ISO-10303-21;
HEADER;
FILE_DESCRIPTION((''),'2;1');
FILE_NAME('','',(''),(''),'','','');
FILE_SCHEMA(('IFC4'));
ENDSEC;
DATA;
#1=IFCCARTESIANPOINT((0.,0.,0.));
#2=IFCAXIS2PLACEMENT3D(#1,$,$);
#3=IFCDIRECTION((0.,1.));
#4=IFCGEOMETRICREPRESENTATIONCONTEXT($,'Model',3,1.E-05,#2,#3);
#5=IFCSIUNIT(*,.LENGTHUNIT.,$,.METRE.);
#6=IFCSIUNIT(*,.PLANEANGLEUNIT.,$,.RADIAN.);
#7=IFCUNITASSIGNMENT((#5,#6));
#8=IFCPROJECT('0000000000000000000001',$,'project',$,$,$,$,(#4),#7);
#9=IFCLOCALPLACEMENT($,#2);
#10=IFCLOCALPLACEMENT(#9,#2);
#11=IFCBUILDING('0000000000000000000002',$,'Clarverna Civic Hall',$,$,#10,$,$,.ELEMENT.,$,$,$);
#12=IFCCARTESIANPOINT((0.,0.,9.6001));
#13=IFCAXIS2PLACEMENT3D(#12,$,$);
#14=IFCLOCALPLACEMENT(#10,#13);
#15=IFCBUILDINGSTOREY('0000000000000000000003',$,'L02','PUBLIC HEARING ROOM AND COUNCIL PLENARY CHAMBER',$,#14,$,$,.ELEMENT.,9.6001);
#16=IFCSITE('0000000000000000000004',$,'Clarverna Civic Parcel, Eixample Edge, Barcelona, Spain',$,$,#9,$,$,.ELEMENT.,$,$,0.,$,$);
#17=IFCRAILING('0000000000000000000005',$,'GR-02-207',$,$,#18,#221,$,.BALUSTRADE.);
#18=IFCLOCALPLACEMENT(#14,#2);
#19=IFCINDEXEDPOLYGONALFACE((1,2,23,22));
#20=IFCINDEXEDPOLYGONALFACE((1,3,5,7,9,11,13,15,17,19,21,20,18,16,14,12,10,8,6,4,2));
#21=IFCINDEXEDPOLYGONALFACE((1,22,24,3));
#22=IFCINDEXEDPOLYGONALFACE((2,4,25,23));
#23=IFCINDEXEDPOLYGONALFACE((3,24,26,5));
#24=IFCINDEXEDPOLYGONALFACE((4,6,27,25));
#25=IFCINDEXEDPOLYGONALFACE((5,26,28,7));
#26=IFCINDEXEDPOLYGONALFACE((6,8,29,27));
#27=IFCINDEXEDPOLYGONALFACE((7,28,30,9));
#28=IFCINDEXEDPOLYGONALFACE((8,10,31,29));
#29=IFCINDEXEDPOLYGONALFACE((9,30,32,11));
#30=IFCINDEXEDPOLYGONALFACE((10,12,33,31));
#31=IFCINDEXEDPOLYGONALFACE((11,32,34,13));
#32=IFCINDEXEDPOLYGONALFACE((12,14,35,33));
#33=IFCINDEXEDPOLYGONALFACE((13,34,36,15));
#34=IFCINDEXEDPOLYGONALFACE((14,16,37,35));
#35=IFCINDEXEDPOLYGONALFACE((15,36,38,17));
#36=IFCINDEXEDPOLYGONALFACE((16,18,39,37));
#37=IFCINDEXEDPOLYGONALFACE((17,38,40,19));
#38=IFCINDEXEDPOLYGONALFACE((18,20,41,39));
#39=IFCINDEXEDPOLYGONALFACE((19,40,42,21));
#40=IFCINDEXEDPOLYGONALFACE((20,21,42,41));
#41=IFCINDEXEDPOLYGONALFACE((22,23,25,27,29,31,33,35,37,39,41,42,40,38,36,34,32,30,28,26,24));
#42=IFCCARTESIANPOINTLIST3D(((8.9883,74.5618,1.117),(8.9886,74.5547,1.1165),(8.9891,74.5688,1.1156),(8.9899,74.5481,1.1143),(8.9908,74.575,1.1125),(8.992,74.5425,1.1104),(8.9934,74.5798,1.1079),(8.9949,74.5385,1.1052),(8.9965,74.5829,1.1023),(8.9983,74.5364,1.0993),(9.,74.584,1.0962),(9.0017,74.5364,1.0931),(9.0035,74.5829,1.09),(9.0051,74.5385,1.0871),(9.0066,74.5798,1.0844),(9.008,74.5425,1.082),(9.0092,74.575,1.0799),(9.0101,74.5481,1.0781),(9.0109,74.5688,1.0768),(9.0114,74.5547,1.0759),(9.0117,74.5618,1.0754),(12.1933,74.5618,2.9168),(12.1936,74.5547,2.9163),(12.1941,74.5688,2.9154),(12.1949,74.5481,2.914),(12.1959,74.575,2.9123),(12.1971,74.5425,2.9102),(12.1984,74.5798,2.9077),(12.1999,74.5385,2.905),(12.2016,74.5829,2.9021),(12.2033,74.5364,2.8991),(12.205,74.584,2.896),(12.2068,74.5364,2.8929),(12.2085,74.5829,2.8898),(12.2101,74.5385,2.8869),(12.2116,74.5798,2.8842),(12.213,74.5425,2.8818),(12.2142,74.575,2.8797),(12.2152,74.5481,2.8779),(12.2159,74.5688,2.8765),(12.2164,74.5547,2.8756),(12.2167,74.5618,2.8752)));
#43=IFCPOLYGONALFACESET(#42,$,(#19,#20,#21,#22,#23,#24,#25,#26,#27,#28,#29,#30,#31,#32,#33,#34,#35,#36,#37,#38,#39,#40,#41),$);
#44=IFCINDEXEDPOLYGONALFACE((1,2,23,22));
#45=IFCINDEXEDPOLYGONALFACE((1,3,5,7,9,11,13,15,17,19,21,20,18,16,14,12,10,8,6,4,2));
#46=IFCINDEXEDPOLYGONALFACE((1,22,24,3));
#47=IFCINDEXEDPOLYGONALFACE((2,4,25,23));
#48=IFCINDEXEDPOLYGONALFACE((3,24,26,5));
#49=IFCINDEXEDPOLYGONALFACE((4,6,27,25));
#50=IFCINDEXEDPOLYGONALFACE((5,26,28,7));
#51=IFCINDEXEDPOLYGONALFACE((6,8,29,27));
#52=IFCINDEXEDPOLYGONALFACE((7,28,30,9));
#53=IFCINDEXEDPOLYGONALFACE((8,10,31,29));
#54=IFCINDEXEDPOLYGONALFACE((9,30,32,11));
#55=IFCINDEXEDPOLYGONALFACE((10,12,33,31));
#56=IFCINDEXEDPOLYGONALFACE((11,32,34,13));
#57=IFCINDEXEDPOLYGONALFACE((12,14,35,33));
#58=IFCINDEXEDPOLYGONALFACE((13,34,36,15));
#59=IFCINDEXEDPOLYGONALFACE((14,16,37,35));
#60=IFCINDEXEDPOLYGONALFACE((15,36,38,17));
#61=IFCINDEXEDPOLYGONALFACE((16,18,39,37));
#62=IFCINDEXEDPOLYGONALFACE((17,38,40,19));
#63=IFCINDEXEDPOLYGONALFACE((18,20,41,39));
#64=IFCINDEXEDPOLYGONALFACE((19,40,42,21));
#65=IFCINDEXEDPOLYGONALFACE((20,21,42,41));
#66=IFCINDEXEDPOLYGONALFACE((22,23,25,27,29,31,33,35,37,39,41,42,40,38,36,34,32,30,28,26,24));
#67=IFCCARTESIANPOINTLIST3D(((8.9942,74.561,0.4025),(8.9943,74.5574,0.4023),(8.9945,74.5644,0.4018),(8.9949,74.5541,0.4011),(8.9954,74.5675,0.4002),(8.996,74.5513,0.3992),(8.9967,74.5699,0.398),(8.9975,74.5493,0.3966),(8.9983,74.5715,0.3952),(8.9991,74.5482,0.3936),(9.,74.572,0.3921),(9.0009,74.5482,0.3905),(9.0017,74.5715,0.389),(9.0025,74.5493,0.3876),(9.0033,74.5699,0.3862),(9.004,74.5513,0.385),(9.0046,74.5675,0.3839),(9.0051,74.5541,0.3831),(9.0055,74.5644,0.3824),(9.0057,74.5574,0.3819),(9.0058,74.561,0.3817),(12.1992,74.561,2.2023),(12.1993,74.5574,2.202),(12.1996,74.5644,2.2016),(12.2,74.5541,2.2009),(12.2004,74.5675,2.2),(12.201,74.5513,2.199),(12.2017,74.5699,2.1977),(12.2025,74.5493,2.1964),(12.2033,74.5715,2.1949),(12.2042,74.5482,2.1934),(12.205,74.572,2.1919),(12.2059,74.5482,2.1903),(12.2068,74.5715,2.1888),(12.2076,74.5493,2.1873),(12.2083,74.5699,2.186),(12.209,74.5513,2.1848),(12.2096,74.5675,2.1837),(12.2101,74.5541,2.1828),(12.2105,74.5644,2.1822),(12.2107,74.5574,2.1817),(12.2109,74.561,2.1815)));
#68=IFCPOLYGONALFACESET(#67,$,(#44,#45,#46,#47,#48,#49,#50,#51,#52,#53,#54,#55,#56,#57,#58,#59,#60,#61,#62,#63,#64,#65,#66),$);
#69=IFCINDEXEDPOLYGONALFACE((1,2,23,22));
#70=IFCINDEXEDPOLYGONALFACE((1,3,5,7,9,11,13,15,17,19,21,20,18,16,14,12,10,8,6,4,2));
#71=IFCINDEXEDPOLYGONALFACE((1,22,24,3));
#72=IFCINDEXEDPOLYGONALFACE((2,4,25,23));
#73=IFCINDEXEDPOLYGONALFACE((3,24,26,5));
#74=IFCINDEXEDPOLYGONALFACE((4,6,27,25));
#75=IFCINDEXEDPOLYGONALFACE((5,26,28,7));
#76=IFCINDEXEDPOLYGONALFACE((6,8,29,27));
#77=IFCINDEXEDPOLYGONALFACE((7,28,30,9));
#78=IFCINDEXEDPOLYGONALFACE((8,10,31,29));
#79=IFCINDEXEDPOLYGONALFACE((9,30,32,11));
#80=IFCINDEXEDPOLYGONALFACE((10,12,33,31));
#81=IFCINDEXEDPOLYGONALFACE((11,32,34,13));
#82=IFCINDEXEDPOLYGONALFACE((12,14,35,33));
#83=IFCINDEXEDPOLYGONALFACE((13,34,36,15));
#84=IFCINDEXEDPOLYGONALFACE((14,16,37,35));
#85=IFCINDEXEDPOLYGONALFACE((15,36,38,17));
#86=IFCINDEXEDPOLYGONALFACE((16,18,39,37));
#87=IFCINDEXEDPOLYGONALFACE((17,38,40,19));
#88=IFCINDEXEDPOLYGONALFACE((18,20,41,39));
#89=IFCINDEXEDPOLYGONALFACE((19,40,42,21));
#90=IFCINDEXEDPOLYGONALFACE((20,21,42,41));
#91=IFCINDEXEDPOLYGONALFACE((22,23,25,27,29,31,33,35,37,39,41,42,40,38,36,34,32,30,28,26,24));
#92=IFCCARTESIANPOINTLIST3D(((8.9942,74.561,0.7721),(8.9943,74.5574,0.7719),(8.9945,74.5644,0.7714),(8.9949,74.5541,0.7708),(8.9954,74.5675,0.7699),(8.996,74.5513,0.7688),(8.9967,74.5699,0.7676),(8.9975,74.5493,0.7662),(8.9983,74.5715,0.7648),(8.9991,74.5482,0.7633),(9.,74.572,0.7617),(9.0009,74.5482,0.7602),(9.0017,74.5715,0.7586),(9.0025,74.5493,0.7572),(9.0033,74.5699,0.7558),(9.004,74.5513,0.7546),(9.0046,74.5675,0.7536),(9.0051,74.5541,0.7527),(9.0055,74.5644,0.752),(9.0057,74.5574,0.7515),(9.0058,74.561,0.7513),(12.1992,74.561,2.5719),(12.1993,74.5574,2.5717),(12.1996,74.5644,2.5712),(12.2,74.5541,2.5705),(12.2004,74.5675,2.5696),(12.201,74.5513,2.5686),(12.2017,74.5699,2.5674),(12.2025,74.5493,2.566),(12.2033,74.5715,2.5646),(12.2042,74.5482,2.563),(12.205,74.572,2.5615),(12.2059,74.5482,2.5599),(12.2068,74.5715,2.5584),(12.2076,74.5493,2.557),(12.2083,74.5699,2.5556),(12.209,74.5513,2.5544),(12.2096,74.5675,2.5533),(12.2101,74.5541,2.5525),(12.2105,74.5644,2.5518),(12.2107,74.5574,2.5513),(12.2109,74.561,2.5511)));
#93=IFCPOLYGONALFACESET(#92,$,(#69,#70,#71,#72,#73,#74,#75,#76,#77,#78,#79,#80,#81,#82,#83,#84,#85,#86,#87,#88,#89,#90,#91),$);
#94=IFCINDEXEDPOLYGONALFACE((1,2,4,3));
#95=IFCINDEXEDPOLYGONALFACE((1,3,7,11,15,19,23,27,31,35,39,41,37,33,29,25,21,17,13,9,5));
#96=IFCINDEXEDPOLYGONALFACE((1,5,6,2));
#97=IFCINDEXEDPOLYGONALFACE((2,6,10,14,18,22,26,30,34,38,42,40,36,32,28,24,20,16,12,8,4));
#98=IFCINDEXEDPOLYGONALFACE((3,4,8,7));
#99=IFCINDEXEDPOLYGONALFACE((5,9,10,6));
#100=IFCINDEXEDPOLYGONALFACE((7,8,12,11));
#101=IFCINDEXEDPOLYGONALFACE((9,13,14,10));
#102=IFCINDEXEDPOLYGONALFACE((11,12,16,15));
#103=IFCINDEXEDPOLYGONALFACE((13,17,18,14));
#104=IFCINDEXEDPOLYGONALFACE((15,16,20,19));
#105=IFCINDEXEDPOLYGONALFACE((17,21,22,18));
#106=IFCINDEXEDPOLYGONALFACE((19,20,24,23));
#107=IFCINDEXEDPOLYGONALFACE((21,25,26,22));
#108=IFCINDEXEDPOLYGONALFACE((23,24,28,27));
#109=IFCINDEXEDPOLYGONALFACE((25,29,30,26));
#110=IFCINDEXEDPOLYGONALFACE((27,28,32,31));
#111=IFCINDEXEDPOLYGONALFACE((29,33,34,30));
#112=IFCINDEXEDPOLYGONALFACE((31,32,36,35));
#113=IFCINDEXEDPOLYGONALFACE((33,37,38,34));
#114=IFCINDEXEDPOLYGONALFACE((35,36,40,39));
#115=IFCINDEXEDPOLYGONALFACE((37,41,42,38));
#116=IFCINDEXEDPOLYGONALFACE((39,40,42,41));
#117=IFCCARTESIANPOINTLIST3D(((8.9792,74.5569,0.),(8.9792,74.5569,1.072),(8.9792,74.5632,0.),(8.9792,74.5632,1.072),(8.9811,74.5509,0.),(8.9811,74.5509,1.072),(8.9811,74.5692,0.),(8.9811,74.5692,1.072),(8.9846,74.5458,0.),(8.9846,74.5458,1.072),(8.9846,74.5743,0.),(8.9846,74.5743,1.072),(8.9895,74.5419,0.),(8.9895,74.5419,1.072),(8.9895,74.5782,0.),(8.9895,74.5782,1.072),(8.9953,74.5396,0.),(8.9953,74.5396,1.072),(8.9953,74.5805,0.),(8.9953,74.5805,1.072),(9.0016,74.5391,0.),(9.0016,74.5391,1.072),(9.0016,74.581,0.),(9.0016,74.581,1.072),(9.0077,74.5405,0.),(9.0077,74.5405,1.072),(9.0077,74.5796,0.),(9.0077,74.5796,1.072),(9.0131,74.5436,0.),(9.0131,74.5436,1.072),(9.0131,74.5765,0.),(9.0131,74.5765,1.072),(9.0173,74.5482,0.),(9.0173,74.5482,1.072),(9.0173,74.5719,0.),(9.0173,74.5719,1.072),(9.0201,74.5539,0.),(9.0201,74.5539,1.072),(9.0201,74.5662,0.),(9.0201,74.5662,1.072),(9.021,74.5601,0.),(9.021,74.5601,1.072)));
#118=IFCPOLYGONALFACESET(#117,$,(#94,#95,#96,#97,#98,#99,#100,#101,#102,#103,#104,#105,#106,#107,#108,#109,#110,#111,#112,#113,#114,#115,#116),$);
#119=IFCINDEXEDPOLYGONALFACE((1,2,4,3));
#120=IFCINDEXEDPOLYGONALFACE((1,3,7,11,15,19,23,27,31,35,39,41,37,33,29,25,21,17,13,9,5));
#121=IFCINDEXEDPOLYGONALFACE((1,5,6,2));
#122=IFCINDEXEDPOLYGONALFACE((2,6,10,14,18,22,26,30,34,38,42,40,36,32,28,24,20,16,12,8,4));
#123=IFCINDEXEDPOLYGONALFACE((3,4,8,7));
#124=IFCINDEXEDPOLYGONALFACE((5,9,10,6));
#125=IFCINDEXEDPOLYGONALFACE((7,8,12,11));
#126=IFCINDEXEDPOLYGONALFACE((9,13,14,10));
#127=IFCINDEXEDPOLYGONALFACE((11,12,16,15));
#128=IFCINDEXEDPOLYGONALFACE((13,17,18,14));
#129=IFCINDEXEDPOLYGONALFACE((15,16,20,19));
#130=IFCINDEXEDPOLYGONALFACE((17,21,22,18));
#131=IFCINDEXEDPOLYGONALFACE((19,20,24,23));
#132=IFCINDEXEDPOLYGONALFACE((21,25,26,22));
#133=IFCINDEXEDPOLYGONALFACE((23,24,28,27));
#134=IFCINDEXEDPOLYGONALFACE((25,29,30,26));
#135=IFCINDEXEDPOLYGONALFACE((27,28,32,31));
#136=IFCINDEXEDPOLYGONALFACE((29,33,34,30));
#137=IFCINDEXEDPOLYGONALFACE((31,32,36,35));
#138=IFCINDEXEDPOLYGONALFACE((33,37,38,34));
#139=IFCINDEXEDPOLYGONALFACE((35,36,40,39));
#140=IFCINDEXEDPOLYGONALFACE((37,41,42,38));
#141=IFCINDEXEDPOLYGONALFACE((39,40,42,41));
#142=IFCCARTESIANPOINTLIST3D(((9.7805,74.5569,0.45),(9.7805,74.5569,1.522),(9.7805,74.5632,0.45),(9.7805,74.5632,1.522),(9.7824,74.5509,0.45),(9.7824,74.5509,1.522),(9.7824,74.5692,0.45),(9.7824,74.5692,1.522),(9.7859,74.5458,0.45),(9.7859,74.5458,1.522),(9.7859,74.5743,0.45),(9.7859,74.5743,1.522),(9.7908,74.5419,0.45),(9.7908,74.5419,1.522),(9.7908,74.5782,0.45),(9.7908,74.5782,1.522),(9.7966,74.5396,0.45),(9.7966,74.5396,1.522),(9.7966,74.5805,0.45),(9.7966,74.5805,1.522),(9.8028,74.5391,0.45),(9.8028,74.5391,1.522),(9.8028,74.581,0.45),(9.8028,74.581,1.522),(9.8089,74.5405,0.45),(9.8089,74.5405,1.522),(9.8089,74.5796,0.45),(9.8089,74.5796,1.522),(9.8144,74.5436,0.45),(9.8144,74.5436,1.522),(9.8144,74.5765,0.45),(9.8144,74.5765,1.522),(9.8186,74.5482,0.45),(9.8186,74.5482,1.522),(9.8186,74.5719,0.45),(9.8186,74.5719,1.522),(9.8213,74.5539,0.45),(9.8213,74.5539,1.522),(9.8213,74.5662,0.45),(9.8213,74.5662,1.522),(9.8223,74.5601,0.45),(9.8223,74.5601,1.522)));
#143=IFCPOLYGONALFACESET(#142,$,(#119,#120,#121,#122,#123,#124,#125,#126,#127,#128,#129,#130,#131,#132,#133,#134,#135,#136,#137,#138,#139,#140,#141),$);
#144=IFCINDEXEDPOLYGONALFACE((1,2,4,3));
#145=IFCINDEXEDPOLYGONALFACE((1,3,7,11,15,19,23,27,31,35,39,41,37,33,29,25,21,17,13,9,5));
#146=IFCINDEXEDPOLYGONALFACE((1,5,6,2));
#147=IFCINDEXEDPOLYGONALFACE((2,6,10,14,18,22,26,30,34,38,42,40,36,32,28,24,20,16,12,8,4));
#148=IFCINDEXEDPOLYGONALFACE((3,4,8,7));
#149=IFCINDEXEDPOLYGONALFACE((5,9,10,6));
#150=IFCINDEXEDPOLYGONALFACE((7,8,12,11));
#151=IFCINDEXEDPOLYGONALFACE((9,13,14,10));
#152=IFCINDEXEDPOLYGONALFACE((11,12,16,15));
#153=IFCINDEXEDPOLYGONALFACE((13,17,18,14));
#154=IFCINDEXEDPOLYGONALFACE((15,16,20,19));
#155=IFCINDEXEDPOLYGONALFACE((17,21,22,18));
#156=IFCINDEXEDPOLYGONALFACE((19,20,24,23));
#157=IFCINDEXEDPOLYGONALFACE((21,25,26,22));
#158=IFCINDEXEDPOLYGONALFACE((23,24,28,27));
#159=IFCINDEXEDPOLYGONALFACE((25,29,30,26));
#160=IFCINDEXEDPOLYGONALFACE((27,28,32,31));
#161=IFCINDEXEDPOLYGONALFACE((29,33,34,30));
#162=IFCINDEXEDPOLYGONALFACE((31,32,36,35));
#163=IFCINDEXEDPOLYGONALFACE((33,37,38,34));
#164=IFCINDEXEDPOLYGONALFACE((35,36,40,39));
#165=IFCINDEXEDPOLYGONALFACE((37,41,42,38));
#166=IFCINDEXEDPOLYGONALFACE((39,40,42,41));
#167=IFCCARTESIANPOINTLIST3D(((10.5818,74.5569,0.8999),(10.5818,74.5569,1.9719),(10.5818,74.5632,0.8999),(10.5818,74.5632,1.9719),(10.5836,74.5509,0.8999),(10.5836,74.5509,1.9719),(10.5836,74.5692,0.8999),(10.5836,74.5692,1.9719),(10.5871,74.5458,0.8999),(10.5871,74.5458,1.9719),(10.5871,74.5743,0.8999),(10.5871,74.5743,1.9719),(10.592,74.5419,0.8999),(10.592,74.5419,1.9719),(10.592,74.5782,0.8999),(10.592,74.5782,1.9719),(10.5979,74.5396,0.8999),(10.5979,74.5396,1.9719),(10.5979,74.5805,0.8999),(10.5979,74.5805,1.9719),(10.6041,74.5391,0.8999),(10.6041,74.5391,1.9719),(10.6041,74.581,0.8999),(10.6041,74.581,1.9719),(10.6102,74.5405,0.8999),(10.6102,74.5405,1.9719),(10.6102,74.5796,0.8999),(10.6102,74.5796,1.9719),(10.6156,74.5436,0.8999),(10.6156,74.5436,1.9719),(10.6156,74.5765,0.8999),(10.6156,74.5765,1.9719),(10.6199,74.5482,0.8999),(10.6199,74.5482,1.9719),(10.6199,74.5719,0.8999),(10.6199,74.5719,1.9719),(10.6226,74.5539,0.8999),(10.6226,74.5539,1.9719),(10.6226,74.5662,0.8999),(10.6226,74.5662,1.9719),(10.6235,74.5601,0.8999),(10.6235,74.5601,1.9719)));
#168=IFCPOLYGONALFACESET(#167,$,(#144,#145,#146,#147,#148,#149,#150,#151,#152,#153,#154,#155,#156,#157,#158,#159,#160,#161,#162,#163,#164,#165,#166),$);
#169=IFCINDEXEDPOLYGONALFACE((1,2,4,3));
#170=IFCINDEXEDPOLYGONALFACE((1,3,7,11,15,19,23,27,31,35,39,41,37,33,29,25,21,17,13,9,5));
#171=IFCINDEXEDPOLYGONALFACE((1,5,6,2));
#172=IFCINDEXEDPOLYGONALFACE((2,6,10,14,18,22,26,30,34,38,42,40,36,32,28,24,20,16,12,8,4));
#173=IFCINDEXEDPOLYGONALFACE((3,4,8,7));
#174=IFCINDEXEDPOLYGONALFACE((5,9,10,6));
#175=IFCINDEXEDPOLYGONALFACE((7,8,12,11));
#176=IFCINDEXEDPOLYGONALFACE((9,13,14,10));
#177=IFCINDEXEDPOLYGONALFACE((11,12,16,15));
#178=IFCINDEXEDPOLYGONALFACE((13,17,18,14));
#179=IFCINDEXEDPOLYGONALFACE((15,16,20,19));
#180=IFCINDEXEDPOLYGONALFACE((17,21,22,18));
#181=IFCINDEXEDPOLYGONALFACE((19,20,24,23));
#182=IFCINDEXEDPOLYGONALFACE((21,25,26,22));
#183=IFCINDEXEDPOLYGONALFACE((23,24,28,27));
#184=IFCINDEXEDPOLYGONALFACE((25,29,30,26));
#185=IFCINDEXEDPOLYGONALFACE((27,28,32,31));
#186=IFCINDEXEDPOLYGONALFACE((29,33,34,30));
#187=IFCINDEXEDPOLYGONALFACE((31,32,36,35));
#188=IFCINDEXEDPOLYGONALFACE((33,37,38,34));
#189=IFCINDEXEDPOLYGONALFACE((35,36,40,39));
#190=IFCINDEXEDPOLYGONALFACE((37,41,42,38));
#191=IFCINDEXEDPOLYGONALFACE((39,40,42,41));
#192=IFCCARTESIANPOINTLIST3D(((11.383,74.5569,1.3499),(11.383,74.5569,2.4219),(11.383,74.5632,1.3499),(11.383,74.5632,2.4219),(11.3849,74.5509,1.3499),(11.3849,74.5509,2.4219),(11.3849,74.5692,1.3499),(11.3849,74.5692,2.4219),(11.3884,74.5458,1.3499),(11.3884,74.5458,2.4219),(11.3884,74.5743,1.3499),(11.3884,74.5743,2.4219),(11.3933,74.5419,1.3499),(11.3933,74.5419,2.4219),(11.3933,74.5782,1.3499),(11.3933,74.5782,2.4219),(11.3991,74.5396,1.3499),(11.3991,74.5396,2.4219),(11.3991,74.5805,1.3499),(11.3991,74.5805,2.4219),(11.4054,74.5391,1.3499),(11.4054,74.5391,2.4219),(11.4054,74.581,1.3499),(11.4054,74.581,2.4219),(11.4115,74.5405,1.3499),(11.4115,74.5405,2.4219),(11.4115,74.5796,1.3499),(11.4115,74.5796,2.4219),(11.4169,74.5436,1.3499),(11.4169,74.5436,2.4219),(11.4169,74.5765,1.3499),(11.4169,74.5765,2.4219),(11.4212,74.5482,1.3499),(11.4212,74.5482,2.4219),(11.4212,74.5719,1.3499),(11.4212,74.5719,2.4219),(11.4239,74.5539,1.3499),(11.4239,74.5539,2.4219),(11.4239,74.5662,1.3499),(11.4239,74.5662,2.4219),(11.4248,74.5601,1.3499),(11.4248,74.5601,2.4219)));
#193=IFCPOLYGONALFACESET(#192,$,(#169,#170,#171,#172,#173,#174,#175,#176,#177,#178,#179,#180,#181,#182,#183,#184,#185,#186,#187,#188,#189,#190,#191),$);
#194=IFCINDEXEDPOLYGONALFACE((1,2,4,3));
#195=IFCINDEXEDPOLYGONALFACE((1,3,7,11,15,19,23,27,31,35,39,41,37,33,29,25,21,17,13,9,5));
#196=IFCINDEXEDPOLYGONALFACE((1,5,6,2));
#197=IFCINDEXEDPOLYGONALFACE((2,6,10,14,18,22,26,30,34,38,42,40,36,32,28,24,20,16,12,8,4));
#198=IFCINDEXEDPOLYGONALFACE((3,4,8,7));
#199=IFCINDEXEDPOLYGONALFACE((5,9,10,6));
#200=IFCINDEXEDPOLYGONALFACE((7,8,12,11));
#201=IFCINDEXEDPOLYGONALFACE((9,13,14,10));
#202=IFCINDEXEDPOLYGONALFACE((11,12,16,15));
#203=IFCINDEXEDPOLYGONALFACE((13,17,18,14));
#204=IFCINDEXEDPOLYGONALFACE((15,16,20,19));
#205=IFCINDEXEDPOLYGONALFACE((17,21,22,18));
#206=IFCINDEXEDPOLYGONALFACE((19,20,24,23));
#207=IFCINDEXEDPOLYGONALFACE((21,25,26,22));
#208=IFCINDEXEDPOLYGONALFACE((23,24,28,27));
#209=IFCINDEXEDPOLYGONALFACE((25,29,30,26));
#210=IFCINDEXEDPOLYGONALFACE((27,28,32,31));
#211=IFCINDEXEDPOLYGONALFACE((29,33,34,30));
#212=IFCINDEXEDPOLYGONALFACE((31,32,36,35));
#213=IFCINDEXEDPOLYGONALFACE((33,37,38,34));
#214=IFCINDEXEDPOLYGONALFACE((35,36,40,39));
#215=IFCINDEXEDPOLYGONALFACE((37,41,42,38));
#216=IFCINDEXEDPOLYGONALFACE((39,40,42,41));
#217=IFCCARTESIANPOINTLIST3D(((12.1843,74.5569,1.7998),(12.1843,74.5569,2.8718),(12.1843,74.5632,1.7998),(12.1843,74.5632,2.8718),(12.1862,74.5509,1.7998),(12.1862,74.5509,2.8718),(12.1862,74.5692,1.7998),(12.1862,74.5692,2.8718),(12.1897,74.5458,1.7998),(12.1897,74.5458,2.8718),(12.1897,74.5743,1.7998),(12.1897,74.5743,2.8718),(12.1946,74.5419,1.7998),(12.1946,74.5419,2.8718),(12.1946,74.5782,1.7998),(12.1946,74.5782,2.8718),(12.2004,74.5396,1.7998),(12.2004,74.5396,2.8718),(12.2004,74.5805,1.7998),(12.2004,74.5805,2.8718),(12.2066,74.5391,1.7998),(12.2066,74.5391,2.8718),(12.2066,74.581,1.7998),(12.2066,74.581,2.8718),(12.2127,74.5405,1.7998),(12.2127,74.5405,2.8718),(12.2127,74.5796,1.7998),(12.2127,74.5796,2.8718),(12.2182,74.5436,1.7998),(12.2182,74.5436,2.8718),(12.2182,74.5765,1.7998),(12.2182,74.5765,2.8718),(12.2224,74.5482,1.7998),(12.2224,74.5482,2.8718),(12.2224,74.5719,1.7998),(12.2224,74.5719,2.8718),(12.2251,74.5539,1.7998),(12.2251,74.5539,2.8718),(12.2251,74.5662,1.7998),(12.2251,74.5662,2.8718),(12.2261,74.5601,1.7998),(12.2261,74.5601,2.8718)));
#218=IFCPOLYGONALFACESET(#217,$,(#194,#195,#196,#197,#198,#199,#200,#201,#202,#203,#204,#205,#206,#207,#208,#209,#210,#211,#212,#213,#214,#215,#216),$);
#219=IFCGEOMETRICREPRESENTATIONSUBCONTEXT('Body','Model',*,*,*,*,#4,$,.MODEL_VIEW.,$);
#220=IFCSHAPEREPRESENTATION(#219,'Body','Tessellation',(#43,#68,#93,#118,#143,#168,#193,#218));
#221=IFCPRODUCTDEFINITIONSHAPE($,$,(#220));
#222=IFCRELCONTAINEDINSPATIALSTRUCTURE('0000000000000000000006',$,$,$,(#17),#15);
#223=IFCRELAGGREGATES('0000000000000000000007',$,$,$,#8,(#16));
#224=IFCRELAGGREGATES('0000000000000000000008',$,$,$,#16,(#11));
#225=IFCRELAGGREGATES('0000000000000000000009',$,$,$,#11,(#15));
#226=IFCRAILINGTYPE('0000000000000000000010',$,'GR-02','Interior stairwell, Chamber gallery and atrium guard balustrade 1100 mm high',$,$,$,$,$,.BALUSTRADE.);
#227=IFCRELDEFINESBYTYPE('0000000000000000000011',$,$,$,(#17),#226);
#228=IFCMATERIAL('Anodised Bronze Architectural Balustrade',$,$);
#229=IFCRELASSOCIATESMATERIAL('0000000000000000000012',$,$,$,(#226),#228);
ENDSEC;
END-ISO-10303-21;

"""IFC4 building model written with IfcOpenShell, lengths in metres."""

from ifc_helpers import new_model, si_unit, direction, frame, origin, origin_2d, place, context, subcontext, project, spatial, circle, extrude, material, type_object, element, save


model = new_model("IFC4")

# Units and contexts
model_context = context("Model", 3, precision=1e-05, world=origin(), true_north=direction((0.0, 1.0)))
body_context = subcontext(model_context, "Body", "Model", "MODEL_VIEW")
ifc_project = project(units=[si_unit("LENGTHUNIT", "METRE"), si_unit("PLANEANGLEUNIT", "RADIAN")], contexts=[model_context])

# Site, building, storey
site_placement = place(None, origin())
site = spatial("IfcSite", under=ifc_project, at=site_placement, Name="Clarverna Civic Parcel, Eixample Edge, Barcelona, Spain", CompositionType="ELEMENT", RefElevation=0.0)
building_placement = place(site_placement, origin())
building = spatial("IfcBuilding", under=site, at=building_placement, Name="Clarverna Civic Hall", CompositionType="ELEMENT")
storey_placement = place(building_placement, frame((0.0, 0.0, 9.6001)))
storey = spatial("IfcBuildingStorey", under=building, at=storey_placement, Name="L02", Description="PUBLIC HEARING ROOM AND COUNCIL PLENARY CHAMBER", CompositionType="ELEMENT", Elevation=9.6001)

# Railing
ifc_material_1 = material(Name="Anodised Bronze Architectural Balustrade")
railing_type_1 = type_object("IfcRailingType", Name="GR-02", Description="Interior stairwell, Chamber gallery and atrium guard balustrade 1100 mm high", PredefinedType="BALUSTRADE", material=ifc_material_1)
railing_1_placement = place(storey_placement, frame((9.0, 74.5601, 0.0)))
element("IfcRailing", 1, at=railing_1_placement, inside=storey, type_object=railing_type_1, Name="GR-02-207", PredefinedType="BALUSTRADE", context=body_context, shape_type="SweptSolid", body=[
    extrude(circle(Radius=0.0239, at=origin_2d()), frame((0.0, 0.0, 1.0962), z_axis=(0.87193, 0.0, 0.48963), x_axis=(0.0, 1.0, 0.0)), (0.0, 0.0, 1.0), 3.6758),
    extrude(circle(Radius=0.012, at=origin_2d()), frame((0.0, 0.0, 0.3921), z_axis=(0.87193, 0.0, 0.48963), x_axis=(0.0, 1.0, 0.0)), (0.0, 0.0, 1.0), 3.6758),
    extrude(circle(Radius=0.012, at=origin_2d()), frame((0.0, 0.0, 0.7617), z_axis=(0.87193, 0.0, 0.48963), x_axis=(0.0, 1.0, 0.0)), (0.0, 0.0, 1.0), 3.6758),
    extrude(circle(Radius=0.021, at=origin_2d()), origin(), (0.0, 0.0, 1.0), 1.072),
    extrude(circle(Radius=0.021, at=origin_2d()), frame((0.8013, 0.0, 0.45)), (0.0, 0.0, 1.0), 1.072),
    extrude(circle(Radius=0.021, at=origin_2d()), frame((1.6025, 0.0, 0.8999)), (0.0, 0.0, 1.0), 1.072),
    extrude(circle(Radius=0.021, at=origin_2d()), frame((2.4038, 0.0, 1.3499)), (0.0, 0.0, 1.0), 1.072),
    extrude(circle(Radius=0.021, at=origin_2d()), frame((3.2051, 0.0, 1.7998)), (0.0, 0.0, 1.0), 1.072),
])

save(model, "model.ifc")
